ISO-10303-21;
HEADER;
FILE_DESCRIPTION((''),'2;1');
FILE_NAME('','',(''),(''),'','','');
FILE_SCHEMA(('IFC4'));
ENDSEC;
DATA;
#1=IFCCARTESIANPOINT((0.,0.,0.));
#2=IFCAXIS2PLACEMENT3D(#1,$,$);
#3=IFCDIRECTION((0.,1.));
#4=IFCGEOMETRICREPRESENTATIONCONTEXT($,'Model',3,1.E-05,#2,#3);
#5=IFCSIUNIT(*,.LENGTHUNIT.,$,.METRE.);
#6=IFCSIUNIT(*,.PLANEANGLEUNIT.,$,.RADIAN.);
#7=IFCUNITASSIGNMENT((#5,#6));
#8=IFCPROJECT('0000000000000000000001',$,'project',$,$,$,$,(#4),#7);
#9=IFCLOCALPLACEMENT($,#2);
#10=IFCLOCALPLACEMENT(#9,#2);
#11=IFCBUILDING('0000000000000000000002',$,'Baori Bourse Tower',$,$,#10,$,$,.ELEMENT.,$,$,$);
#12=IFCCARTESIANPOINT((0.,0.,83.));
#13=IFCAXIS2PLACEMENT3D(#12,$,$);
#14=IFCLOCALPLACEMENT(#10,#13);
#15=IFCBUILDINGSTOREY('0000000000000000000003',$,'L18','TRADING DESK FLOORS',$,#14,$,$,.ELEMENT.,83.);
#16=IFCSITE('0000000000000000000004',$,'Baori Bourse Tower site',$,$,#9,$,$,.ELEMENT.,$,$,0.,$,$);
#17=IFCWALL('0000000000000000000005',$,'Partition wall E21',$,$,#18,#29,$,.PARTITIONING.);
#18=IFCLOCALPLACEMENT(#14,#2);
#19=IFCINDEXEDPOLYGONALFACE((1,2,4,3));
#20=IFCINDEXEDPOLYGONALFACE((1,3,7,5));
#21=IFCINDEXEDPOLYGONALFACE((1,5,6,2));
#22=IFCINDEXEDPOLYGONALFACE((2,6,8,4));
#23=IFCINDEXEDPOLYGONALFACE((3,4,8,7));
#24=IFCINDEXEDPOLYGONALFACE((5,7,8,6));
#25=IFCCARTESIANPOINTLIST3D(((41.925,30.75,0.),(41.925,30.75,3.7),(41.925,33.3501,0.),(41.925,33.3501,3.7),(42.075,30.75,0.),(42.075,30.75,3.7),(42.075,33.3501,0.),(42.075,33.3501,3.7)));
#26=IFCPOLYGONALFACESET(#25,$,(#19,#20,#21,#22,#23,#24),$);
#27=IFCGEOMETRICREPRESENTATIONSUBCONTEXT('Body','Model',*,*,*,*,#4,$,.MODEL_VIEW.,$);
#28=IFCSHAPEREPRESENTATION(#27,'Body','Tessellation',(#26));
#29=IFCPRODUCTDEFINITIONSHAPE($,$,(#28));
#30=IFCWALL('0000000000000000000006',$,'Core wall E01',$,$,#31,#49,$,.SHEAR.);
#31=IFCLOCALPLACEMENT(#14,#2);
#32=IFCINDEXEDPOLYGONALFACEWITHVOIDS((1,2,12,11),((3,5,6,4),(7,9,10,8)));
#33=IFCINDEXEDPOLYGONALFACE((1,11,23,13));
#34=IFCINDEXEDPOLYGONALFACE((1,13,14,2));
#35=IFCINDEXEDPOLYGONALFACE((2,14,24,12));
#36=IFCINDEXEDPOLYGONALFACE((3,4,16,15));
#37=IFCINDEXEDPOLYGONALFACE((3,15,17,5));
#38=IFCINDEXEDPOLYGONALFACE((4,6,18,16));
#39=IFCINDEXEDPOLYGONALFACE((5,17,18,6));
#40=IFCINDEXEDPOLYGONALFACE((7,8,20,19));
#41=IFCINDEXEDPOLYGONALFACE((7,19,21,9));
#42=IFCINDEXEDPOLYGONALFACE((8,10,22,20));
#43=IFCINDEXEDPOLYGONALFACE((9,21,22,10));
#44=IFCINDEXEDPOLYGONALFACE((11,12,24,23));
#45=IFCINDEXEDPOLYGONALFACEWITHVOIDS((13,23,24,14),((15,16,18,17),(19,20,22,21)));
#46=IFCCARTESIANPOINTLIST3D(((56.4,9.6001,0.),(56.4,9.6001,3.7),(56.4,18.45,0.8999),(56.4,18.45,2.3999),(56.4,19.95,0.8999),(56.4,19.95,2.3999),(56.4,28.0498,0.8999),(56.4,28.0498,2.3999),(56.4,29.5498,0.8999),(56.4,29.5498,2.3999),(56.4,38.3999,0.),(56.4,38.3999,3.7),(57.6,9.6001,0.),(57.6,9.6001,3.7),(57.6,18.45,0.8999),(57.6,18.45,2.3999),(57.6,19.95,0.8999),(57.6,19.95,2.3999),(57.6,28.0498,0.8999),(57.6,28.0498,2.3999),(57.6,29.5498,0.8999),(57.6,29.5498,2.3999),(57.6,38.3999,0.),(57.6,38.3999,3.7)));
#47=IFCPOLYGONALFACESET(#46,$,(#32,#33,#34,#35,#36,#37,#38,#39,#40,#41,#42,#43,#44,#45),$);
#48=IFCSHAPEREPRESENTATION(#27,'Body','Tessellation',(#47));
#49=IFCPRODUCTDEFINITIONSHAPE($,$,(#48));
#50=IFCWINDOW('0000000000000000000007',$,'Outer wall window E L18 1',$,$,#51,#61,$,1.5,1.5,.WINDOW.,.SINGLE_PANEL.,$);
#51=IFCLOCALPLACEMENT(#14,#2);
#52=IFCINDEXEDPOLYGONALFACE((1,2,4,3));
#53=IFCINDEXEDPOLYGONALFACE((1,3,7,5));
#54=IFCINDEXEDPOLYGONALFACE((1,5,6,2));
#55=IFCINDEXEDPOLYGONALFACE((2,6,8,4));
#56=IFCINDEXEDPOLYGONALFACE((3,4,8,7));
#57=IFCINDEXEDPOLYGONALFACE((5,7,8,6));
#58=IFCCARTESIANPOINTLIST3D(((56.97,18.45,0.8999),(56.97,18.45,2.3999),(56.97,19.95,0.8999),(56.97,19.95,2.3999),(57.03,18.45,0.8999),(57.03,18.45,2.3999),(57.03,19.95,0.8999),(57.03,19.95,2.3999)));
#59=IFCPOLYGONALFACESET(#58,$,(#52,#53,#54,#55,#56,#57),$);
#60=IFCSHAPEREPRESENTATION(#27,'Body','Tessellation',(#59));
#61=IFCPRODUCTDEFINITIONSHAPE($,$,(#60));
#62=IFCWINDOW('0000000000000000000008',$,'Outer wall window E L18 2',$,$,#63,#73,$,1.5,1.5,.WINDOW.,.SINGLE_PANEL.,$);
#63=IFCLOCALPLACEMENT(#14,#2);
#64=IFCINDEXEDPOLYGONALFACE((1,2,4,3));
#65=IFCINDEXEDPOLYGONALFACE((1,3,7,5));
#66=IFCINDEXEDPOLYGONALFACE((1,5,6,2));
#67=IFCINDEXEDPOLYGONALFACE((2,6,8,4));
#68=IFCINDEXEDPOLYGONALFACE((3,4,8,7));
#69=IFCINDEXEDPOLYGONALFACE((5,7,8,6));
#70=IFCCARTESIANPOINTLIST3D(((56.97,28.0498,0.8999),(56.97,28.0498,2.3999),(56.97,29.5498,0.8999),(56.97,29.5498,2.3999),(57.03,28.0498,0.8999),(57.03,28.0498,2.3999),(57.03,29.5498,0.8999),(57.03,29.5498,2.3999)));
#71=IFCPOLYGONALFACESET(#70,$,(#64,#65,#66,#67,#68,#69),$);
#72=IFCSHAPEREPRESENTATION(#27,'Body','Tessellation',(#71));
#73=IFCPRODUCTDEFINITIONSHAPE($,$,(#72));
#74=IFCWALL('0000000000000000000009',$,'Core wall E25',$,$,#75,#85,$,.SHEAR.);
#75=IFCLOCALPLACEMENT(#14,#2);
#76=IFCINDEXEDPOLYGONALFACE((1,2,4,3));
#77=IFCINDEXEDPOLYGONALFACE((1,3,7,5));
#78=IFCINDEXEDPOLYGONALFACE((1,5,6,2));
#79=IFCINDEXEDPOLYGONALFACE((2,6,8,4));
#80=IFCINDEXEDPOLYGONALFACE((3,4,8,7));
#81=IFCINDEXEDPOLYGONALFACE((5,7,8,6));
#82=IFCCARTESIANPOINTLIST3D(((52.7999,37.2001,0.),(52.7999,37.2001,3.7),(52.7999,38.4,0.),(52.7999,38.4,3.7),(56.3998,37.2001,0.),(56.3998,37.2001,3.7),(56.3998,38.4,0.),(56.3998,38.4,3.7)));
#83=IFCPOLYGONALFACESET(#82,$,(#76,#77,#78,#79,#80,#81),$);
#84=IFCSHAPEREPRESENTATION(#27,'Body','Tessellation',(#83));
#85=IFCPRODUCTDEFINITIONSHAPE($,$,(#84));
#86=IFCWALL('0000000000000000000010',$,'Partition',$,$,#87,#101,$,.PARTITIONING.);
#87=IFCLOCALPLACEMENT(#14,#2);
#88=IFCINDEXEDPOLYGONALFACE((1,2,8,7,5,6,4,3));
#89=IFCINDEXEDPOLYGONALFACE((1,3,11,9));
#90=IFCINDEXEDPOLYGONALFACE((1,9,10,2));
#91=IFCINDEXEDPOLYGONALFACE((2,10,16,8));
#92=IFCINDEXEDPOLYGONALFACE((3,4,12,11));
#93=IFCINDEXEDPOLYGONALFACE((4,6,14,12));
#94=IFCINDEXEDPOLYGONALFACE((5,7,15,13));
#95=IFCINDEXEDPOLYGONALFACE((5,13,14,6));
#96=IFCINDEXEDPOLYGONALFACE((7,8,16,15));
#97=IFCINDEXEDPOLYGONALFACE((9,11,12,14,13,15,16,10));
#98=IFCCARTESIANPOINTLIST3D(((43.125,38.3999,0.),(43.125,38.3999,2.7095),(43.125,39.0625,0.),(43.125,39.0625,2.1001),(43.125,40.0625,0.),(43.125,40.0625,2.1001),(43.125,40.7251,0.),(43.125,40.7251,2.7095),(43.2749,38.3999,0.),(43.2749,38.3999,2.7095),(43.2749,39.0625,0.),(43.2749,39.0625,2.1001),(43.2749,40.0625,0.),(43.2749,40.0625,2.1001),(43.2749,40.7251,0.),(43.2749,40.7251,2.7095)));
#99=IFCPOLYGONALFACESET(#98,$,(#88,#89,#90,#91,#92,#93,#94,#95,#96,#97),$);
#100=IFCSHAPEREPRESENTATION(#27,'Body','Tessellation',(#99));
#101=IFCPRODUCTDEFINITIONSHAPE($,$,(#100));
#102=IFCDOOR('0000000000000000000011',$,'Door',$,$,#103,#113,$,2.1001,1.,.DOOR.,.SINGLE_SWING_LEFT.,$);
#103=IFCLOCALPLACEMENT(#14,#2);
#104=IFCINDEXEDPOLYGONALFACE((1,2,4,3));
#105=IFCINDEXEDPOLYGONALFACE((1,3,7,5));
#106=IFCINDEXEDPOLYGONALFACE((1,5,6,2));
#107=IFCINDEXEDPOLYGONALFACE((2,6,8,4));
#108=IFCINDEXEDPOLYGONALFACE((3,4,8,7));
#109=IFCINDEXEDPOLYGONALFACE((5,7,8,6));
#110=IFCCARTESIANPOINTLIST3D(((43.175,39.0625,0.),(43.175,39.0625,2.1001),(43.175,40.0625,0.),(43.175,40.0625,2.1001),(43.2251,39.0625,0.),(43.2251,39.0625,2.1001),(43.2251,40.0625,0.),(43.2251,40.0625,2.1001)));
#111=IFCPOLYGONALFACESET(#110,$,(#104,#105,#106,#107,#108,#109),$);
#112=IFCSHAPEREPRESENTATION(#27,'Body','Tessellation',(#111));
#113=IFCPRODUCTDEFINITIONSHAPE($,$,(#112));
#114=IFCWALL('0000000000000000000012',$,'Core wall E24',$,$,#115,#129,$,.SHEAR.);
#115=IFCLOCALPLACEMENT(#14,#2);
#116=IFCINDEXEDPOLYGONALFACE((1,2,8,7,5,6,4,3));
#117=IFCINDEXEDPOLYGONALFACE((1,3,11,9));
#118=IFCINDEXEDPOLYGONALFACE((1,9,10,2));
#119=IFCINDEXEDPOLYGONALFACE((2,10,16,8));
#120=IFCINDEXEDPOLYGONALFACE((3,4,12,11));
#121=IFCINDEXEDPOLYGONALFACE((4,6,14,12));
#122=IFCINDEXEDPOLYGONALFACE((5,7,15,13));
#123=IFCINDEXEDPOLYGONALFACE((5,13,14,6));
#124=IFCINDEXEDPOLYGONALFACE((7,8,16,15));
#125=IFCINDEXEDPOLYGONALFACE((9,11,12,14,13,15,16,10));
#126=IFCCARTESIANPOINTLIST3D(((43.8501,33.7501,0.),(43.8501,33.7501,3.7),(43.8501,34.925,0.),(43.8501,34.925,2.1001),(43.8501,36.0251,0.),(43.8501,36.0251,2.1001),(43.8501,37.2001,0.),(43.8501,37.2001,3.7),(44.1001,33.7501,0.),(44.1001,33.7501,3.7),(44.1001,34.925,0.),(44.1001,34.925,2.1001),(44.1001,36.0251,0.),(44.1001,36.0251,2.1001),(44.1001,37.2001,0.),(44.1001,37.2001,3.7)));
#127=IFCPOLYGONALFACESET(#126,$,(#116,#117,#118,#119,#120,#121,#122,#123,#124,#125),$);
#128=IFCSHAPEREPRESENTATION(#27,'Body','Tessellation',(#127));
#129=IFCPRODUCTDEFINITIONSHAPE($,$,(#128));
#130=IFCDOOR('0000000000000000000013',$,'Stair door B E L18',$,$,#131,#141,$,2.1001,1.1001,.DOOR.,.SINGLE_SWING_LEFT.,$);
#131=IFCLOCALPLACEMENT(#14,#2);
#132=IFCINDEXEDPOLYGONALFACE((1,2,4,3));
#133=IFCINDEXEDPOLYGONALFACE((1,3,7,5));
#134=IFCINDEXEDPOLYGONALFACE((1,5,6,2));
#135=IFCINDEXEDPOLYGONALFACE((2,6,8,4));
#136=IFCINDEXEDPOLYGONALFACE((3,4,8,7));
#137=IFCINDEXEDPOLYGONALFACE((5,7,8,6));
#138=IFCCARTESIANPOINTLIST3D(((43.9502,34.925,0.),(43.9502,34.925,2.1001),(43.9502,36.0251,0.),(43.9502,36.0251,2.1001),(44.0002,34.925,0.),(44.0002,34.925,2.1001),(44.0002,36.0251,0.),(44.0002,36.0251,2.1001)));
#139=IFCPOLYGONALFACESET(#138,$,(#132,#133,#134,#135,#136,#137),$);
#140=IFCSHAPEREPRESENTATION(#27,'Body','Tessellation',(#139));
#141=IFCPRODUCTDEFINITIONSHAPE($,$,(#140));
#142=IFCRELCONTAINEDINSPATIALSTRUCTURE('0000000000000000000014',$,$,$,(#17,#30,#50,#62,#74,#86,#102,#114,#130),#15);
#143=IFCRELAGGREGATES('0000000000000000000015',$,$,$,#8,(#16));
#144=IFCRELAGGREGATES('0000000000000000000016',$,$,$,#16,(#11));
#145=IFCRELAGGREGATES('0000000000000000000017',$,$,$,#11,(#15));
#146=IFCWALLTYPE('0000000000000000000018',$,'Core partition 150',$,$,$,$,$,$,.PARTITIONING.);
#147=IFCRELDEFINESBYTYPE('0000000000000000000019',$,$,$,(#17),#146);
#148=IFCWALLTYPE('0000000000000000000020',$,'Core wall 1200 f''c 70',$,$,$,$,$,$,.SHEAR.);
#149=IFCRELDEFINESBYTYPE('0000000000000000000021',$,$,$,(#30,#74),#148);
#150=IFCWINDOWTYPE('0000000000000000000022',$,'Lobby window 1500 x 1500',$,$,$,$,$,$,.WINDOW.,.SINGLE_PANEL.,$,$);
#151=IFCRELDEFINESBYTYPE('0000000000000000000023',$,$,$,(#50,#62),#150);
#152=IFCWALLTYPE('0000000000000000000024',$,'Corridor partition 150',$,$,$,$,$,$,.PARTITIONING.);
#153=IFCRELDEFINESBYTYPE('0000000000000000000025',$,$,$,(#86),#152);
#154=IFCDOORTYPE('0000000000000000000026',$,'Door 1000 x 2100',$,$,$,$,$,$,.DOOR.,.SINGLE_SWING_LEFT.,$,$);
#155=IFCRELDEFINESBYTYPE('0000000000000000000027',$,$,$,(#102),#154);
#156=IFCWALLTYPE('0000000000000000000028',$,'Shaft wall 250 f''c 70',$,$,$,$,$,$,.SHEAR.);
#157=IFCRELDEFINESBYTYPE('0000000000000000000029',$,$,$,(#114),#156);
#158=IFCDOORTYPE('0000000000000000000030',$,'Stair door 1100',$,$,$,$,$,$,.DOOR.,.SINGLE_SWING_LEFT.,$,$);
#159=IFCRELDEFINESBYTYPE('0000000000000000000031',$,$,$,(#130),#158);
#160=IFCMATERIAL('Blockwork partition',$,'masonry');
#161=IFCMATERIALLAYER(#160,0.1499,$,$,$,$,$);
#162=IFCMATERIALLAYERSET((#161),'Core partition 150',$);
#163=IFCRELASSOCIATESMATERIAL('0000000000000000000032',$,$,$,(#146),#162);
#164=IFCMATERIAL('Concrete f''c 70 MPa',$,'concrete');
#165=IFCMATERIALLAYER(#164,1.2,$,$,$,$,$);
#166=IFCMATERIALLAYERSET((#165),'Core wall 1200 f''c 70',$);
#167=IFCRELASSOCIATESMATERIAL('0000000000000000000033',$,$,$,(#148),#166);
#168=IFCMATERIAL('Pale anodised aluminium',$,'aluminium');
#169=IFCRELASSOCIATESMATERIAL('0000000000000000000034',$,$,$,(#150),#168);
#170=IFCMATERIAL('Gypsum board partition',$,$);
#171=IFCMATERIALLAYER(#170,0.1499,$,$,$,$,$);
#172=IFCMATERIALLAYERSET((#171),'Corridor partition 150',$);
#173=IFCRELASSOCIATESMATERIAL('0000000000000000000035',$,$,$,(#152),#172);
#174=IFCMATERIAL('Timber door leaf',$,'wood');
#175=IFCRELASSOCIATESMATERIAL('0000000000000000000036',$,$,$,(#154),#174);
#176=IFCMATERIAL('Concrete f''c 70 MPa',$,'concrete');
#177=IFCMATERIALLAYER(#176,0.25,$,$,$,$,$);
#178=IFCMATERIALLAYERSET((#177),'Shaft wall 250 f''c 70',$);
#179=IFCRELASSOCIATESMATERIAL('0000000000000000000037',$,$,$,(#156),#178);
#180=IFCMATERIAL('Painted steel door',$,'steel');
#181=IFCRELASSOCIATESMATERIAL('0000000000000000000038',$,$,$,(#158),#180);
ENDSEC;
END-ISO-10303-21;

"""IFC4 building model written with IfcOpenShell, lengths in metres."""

from ifc_helpers import new_model, si_unit, direction, frame, frame_2d, origin, place, context, subcontext, project, spatial, rectangle, extrude, material, layer, layer_set, type_object, element, fill, save


model = new_model("IFC4")

# Units and contexts
model_context = context("Model", 3, precision=1e-05, world=origin(), true_north=direction((0.0, 1.0)))
body_context = subcontext(model_context, "Body", "Model", "MODEL_VIEW")
ifc_project = project(units=[si_unit("LENGTHUNIT", "METRE"), si_unit("PLANEANGLEUNIT", "RADIAN")], contexts=[model_context])

# Site, building, storey
site_placement = place(None, origin())
site = spatial("IfcSite", under=ifc_project, at=site_placement, Name="Baori Bourse Tower site", CompositionType="ELEMENT", RefElevation=0.0)
building_placement = place(site_placement, origin())
building = spatial("IfcBuilding", under=site, at=building_placement, Name="Baori Bourse Tower", CompositionType="ELEMENT")
storey_placement = place(building_placement, frame((0.0, 0.0, 83.0)))
storey = spatial("IfcBuildingStorey", under=building, at=storey_placement, Name="L18", Description="TRADING DESK FLOORS", CompositionType="ELEMENT", Elevation=83.0)

# Wall
ifc_material_1 = material(Name="Blockwork partition", Category="masonry")
ifc_layer_1 = layer(ifc_material_1, 0.1499)
ifc_layer_set_1 = layer_set([ifc_layer_1], Name="Core partition 150")
wall_type_1 = type_object("IfcWallType", Name="Core partition 150", PredefinedType="PARTITIONING", material=ifc_layer_set_1)
for number, where, z_axis, x_axis, name in (
    (1, (42.0, 30.75, 0.0), (0.0, 0.0, 1.0), (0.0, 1.0, 0.0), "Partition wall E21"),
):
    element("IfcWall", number, at=place(storey_placement, frame(where, z_axis=z_axis, x_axis=x_axis)), inside=storey, type_object=wall_type_1, Name=name, PredefinedType="PARTITIONING", context=body_context, shape_type="SweptSolid", body=[
        extrude(rectangle(XDim=2.6001, YDim=0.1499, at=frame_2d((1.3, 0.0))), origin(), (0.0, 0.0, 1.0), 3.7),
    ])

# Wall, openings, windows
ifc_material_2 = material(Name="Concrete f'c 70 MPa", Category="concrete")
ifc_layer_2 = layer(ifc_material_2, 1.2)
ifc_layer_set_2 = layer_set([ifc_layer_2], Name="Core wall 1200 f'c 70")
wall_type_2 = type_object("IfcWallType", Name="Core wall 1200 f'c 70", PredefinedType="SHEAR", material=ifc_layer_set_2)
wall_1_placement = place(storey_placement, frame((57.0, 38.3999, 0.0), z_axis=(0.0, 0.0, 1.0), x_axis=(0.0, -1.0, 0.0)))
wall_1 = element("IfcWall", 2, at=wall_1_placement, inside=storey, type_object=wall_type_2, Name="Core wall E01", PredefinedType="SHEAR", context=body_context, shape_type="SweptSolid", body=[
    extrude(rectangle(XDim=28.7998, YDim=1.2, at=frame_2d((14.3999, 0.0))), origin(), (0.0, 0.0, 1.0), 3.7),
])
opening_1_placement = place(wall_1_placement, frame((18.45, 0.0, 0.8999)))
opening_1 = element("IfcOpeningElement", 3, at=opening_1_placement, cuts=wall_1, PredefinedType="OPENING", context=body_context, shape_type="SweptSolid", body=[
    extrude(rectangle(XDim=1.5, YDim=1.5, at=frame_2d((0.75, 0.75))), frame((0.0, 0.6099, 0.0), z_axis=(0.0, -1.0, 0.0), x_axis=(1.0, 0.0, 0.0)), (0.0, 0.0, 1.0), 1.22),
])
opening_2_placement = place(wall_1_placement, frame((8.8501, 0.0, 0.8999)))
opening_2 = element("IfcOpeningElement", 4, at=opening_2_placement, cuts=wall_1, PredefinedType="OPENING", context=body_context, shape_type="SweptSolid", body=[
    extrude(rectangle(XDim=1.5, YDim=1.5, at=frame_2d((0.75, 0.75))), frame((0.0, 0.6099, 0.0), z_axis=(0.0, -1.0, 0.0), x_axis=(1.0, 0.0, 0.0)), (0.0, 0.0, 1.0), 1.22),
])
ifc_material_3 = material(Name="Pale anodised aluminium", Category="aluminium")
window_type = type_object("IfcWindowType", Name="Lobby window 1500 x 1500", PartitioningType="SINGLE_PANEL", PredefinedType="WINDOW", material=ifc_material_3)
window_1_placement = place(opening_1_placement, origin())
window_1 = element("IfcWindow", 5, at=window_1_placement, inside=storey, type_object=window_type, Name="Outer wall window E L18 1", OverallHeight=1.5, OverallWidth=1.5, PartitioningType="SINGLE_PANEL", PredefinedType="WINDOW", context=body_context, shape_type="SweptSolid", body=[
    extrude(rectangle(XDim=1.5, YDim=1.5, at=frame_2d((0.75, 0.75))), frame((0.0, 0.03, 0.0), z_axis=(0.0, -1.0, 0.0), x_axis=(1.0, 0.0, 0.0)), (0.0, 0.0, 1.0), 0.0601),
])
fill(opening_1, window_1)
window_2_placement = place(opening_2_placement, origin())
window_2 = element("IfcWindow", 6, at=window_2_placement, inside=storey, type_object=window_type, Name="Outer wall window E L18 2", OverallHeight=1.5, OverallWidth=1.5, PartitioningType="SINGLE_PANEL", PredefinedType="WINDOW", context=body_context, shape_type="SweptSolid", body=[
    extrude(rectangle(XDim=1.5, YDim=1.5, at=frame_2d((0.75, 0.75))), frame((0.0, 0.03, 0.0), z_axis=(0.0, -1.0, 0.0), x_axis=(1.0, 0.0, 0.0)), (0.0, 0.0, 1.0), 0.0601),
])
fill(opening_2, window_2)

# Wall
wall_2_placement = place(storey_placement, frame((52.8, 37.8, 0.0), z_axis=(0.0, 0.0, 1.0), x_axis=(1.0, 0.0, 0.0)))
element("IfcWall", 7, at=wall_2_placement, inside=storey, type_object=wall_type_2, Name="Core wall E25", PredefinedType="SHEAR", context=body_context, shape_type="SweptSolid", body=[
    extrude(rectangle(XDim=3.5999, YDim=1.2, at=frame_2d((1.7998, 0.0))), origin(), (0.0, 0.0, 1.0), 3.7),
])

# Walls, openings, doors
ifc_material_4 = material(Name="Gypsum board partition")
ifc_layer_3 = layer(ifc_material_4, 0.1499)
ifc_layer_set_3 = layer_set([ifc_layer_3], Name="Corridor partition 150")
wall_type_3 = type_object("IfcWallType", Name="Corridor partition 150", PredefinedType="PARTITIONING", material=ifc_layer_set_3)
wall_3_placement = place(storey_placement, frame((43.2, 38.3999, 0.0), z_axis=(0.0, 0.0, 1.0), x_axis=(0.0, 1.0, 0.0)))
wall_3 = element("IfcWall", 8, at=wall_3_placement, inside=storey, type_object=wall_type_3, Name="Partition", PredefinedType="PARTITIONING", context=body_context, shape_type="SweptSolid", body=[
    extrude(rectangle(XDim=2.3252, YDim=0.1499, at=frame_2d((1.1626, 0.0))), origin(), (0.0, 0.0, 1.0), 2.7095),
])
opening_3_placement = place(wall_3_placement, frame((0.6626, 0.0, 0.0)))
opening_3 = element("IfcOpeningElement", 9, at=opening_3_placement, cuts=wall_3, PredefinedType="OPENING", context=body_context, shape_type="SweptSolid", body=[
    extrude(rectangle(XDim=1.0, YDim=2.1001, at=frame_2d((0.5, 1.05))), frame((0.0, 0.085, 0.0), z_axis=(0.0, -1.0, 0.0), x_axis=(1.0, 0.0, 0.0)), (0.0, 0.0, 1.0), 0.1699),
])
ifc_material_5 = material(Name="Timber door leaf", Category="wood")
door_type_1 = type_object("IfcDoorType", Name="Door 1000 x 2100", OperationType="SINGLE_SWING_LEFT", PredefinedType="DOOR", material=ifc_material_5)
door_1_placement = place(opening_3_placement, origin())
door_1 = element("IfcDoor", 10, at=door_1_placement, inside=storey, type_object=door_type_1, Name="Door", OperationType="SINGLE_SWING_LEFT", OverallHeight=2.1001, OverallWidth=1.0, PredefinedType="DOOR", context=body_context, shape_type="SweptSolid", body=[
    extrude(rectangle(XDim=1.0, YDim=2.1001, at=frame_2d((0.5, 1.05))), frame((0.0, 0.0249, 0.0), z_axis=(0.0, -1.0, 0.0), x_axis=(1.0, 0.0, 0.0)), (0.0, 0.0, 1.0), 0.05),
])
fill(opening_3, door_1)
ifc_material_6 = material(Name="Concrete f'c 70 MPa", Category="concrete")
ifc_layer_4 = layer(ifc_material_6, 0.25)
ifc_layer_set_4 = layer_set([ifc_layer_4], Name="Shaft wall 250 f'c 70")
wall_type_4 = type_object("IfcWallType", Name="Shaft wall 250 f'c 70", PredefinedType="SHEAR", material=ifc_layer_set_4)
wall_4_placement = place(storey_placement, frame((43.9751, 33.75, 0.0), z_axis=(0.0, 0.0, 1.0), x_axis=(0.0, 1.0, 0.0)))
wall_4 = element("IfcWall", 11, at=wall_4_placement, inside=storey, type_object=wall_type_4, Name="Core wall E24", PredefinedType="SHEAR", context=body_context, shape_type="SweptSolid", body=[
    extrude(rectangle(XDim=3.45, YDim=0.25, at=frame_2d((1.7251, 0.0))), origin(), (0.0, 0.0, 1.0), 3.7),
])
opening_4_placement = place(wall_4_placement, frame((1.175, 0.0, 0.0)))
opening_4 = element("IfcOpeningElement", 12, at=opening_4_placement, cuts=wall_4, PredefinedType="OPENING", context=body_context, shape_type="SweptSolid", body=[
    extrude(rectangle(XDim=1.1001, YDim=2.1001, at=frame_2d((0.55, 1.05))), frame((0.0, 0.135, 0.0), z_axis=(0.0, -1.0, 0.0), x_axis=(1.0, 0.0, 0.0)), (0.0, 0.0, 1.0), 0.27),
])
ifc_material_7 = material(Name="Painted steel door", Category="steel")
door_type_2 = type_object("IfcDoorType", Name="Stair door 1100", OperationType="SINGLE_SWING_LEFT", PredefinedType="DOOR", material=ifc_material_7)
door_2_placement = place(opening_4_placement, origin())
door_2 = element("IfcDoor", 13, at=door_2_placement, inside=storey, type_object=door_type_2, Name="Stair door B E L18", OperationType="SINGLE_SWING_LEFT", OverallHeight=2.1001, OverallWidth=1.1001, PredefinedType="DOOR", context=body_context, shape_type="SweptSolid", body=[
    extrude(rectangle(XDim=1.1001, YDim=2.1001, at=frame_2d((0.55, 1.05))), frame((0.0, 0.0249, 0.0), z_axis=(0.0, -1.0, 0.0), x_axis=(1.0, 0.0, 0.0)), (0.0, 0.0, 1.0), 0.05),
])
fill(opening_4, door_2)

save(model, "model.ifc")
